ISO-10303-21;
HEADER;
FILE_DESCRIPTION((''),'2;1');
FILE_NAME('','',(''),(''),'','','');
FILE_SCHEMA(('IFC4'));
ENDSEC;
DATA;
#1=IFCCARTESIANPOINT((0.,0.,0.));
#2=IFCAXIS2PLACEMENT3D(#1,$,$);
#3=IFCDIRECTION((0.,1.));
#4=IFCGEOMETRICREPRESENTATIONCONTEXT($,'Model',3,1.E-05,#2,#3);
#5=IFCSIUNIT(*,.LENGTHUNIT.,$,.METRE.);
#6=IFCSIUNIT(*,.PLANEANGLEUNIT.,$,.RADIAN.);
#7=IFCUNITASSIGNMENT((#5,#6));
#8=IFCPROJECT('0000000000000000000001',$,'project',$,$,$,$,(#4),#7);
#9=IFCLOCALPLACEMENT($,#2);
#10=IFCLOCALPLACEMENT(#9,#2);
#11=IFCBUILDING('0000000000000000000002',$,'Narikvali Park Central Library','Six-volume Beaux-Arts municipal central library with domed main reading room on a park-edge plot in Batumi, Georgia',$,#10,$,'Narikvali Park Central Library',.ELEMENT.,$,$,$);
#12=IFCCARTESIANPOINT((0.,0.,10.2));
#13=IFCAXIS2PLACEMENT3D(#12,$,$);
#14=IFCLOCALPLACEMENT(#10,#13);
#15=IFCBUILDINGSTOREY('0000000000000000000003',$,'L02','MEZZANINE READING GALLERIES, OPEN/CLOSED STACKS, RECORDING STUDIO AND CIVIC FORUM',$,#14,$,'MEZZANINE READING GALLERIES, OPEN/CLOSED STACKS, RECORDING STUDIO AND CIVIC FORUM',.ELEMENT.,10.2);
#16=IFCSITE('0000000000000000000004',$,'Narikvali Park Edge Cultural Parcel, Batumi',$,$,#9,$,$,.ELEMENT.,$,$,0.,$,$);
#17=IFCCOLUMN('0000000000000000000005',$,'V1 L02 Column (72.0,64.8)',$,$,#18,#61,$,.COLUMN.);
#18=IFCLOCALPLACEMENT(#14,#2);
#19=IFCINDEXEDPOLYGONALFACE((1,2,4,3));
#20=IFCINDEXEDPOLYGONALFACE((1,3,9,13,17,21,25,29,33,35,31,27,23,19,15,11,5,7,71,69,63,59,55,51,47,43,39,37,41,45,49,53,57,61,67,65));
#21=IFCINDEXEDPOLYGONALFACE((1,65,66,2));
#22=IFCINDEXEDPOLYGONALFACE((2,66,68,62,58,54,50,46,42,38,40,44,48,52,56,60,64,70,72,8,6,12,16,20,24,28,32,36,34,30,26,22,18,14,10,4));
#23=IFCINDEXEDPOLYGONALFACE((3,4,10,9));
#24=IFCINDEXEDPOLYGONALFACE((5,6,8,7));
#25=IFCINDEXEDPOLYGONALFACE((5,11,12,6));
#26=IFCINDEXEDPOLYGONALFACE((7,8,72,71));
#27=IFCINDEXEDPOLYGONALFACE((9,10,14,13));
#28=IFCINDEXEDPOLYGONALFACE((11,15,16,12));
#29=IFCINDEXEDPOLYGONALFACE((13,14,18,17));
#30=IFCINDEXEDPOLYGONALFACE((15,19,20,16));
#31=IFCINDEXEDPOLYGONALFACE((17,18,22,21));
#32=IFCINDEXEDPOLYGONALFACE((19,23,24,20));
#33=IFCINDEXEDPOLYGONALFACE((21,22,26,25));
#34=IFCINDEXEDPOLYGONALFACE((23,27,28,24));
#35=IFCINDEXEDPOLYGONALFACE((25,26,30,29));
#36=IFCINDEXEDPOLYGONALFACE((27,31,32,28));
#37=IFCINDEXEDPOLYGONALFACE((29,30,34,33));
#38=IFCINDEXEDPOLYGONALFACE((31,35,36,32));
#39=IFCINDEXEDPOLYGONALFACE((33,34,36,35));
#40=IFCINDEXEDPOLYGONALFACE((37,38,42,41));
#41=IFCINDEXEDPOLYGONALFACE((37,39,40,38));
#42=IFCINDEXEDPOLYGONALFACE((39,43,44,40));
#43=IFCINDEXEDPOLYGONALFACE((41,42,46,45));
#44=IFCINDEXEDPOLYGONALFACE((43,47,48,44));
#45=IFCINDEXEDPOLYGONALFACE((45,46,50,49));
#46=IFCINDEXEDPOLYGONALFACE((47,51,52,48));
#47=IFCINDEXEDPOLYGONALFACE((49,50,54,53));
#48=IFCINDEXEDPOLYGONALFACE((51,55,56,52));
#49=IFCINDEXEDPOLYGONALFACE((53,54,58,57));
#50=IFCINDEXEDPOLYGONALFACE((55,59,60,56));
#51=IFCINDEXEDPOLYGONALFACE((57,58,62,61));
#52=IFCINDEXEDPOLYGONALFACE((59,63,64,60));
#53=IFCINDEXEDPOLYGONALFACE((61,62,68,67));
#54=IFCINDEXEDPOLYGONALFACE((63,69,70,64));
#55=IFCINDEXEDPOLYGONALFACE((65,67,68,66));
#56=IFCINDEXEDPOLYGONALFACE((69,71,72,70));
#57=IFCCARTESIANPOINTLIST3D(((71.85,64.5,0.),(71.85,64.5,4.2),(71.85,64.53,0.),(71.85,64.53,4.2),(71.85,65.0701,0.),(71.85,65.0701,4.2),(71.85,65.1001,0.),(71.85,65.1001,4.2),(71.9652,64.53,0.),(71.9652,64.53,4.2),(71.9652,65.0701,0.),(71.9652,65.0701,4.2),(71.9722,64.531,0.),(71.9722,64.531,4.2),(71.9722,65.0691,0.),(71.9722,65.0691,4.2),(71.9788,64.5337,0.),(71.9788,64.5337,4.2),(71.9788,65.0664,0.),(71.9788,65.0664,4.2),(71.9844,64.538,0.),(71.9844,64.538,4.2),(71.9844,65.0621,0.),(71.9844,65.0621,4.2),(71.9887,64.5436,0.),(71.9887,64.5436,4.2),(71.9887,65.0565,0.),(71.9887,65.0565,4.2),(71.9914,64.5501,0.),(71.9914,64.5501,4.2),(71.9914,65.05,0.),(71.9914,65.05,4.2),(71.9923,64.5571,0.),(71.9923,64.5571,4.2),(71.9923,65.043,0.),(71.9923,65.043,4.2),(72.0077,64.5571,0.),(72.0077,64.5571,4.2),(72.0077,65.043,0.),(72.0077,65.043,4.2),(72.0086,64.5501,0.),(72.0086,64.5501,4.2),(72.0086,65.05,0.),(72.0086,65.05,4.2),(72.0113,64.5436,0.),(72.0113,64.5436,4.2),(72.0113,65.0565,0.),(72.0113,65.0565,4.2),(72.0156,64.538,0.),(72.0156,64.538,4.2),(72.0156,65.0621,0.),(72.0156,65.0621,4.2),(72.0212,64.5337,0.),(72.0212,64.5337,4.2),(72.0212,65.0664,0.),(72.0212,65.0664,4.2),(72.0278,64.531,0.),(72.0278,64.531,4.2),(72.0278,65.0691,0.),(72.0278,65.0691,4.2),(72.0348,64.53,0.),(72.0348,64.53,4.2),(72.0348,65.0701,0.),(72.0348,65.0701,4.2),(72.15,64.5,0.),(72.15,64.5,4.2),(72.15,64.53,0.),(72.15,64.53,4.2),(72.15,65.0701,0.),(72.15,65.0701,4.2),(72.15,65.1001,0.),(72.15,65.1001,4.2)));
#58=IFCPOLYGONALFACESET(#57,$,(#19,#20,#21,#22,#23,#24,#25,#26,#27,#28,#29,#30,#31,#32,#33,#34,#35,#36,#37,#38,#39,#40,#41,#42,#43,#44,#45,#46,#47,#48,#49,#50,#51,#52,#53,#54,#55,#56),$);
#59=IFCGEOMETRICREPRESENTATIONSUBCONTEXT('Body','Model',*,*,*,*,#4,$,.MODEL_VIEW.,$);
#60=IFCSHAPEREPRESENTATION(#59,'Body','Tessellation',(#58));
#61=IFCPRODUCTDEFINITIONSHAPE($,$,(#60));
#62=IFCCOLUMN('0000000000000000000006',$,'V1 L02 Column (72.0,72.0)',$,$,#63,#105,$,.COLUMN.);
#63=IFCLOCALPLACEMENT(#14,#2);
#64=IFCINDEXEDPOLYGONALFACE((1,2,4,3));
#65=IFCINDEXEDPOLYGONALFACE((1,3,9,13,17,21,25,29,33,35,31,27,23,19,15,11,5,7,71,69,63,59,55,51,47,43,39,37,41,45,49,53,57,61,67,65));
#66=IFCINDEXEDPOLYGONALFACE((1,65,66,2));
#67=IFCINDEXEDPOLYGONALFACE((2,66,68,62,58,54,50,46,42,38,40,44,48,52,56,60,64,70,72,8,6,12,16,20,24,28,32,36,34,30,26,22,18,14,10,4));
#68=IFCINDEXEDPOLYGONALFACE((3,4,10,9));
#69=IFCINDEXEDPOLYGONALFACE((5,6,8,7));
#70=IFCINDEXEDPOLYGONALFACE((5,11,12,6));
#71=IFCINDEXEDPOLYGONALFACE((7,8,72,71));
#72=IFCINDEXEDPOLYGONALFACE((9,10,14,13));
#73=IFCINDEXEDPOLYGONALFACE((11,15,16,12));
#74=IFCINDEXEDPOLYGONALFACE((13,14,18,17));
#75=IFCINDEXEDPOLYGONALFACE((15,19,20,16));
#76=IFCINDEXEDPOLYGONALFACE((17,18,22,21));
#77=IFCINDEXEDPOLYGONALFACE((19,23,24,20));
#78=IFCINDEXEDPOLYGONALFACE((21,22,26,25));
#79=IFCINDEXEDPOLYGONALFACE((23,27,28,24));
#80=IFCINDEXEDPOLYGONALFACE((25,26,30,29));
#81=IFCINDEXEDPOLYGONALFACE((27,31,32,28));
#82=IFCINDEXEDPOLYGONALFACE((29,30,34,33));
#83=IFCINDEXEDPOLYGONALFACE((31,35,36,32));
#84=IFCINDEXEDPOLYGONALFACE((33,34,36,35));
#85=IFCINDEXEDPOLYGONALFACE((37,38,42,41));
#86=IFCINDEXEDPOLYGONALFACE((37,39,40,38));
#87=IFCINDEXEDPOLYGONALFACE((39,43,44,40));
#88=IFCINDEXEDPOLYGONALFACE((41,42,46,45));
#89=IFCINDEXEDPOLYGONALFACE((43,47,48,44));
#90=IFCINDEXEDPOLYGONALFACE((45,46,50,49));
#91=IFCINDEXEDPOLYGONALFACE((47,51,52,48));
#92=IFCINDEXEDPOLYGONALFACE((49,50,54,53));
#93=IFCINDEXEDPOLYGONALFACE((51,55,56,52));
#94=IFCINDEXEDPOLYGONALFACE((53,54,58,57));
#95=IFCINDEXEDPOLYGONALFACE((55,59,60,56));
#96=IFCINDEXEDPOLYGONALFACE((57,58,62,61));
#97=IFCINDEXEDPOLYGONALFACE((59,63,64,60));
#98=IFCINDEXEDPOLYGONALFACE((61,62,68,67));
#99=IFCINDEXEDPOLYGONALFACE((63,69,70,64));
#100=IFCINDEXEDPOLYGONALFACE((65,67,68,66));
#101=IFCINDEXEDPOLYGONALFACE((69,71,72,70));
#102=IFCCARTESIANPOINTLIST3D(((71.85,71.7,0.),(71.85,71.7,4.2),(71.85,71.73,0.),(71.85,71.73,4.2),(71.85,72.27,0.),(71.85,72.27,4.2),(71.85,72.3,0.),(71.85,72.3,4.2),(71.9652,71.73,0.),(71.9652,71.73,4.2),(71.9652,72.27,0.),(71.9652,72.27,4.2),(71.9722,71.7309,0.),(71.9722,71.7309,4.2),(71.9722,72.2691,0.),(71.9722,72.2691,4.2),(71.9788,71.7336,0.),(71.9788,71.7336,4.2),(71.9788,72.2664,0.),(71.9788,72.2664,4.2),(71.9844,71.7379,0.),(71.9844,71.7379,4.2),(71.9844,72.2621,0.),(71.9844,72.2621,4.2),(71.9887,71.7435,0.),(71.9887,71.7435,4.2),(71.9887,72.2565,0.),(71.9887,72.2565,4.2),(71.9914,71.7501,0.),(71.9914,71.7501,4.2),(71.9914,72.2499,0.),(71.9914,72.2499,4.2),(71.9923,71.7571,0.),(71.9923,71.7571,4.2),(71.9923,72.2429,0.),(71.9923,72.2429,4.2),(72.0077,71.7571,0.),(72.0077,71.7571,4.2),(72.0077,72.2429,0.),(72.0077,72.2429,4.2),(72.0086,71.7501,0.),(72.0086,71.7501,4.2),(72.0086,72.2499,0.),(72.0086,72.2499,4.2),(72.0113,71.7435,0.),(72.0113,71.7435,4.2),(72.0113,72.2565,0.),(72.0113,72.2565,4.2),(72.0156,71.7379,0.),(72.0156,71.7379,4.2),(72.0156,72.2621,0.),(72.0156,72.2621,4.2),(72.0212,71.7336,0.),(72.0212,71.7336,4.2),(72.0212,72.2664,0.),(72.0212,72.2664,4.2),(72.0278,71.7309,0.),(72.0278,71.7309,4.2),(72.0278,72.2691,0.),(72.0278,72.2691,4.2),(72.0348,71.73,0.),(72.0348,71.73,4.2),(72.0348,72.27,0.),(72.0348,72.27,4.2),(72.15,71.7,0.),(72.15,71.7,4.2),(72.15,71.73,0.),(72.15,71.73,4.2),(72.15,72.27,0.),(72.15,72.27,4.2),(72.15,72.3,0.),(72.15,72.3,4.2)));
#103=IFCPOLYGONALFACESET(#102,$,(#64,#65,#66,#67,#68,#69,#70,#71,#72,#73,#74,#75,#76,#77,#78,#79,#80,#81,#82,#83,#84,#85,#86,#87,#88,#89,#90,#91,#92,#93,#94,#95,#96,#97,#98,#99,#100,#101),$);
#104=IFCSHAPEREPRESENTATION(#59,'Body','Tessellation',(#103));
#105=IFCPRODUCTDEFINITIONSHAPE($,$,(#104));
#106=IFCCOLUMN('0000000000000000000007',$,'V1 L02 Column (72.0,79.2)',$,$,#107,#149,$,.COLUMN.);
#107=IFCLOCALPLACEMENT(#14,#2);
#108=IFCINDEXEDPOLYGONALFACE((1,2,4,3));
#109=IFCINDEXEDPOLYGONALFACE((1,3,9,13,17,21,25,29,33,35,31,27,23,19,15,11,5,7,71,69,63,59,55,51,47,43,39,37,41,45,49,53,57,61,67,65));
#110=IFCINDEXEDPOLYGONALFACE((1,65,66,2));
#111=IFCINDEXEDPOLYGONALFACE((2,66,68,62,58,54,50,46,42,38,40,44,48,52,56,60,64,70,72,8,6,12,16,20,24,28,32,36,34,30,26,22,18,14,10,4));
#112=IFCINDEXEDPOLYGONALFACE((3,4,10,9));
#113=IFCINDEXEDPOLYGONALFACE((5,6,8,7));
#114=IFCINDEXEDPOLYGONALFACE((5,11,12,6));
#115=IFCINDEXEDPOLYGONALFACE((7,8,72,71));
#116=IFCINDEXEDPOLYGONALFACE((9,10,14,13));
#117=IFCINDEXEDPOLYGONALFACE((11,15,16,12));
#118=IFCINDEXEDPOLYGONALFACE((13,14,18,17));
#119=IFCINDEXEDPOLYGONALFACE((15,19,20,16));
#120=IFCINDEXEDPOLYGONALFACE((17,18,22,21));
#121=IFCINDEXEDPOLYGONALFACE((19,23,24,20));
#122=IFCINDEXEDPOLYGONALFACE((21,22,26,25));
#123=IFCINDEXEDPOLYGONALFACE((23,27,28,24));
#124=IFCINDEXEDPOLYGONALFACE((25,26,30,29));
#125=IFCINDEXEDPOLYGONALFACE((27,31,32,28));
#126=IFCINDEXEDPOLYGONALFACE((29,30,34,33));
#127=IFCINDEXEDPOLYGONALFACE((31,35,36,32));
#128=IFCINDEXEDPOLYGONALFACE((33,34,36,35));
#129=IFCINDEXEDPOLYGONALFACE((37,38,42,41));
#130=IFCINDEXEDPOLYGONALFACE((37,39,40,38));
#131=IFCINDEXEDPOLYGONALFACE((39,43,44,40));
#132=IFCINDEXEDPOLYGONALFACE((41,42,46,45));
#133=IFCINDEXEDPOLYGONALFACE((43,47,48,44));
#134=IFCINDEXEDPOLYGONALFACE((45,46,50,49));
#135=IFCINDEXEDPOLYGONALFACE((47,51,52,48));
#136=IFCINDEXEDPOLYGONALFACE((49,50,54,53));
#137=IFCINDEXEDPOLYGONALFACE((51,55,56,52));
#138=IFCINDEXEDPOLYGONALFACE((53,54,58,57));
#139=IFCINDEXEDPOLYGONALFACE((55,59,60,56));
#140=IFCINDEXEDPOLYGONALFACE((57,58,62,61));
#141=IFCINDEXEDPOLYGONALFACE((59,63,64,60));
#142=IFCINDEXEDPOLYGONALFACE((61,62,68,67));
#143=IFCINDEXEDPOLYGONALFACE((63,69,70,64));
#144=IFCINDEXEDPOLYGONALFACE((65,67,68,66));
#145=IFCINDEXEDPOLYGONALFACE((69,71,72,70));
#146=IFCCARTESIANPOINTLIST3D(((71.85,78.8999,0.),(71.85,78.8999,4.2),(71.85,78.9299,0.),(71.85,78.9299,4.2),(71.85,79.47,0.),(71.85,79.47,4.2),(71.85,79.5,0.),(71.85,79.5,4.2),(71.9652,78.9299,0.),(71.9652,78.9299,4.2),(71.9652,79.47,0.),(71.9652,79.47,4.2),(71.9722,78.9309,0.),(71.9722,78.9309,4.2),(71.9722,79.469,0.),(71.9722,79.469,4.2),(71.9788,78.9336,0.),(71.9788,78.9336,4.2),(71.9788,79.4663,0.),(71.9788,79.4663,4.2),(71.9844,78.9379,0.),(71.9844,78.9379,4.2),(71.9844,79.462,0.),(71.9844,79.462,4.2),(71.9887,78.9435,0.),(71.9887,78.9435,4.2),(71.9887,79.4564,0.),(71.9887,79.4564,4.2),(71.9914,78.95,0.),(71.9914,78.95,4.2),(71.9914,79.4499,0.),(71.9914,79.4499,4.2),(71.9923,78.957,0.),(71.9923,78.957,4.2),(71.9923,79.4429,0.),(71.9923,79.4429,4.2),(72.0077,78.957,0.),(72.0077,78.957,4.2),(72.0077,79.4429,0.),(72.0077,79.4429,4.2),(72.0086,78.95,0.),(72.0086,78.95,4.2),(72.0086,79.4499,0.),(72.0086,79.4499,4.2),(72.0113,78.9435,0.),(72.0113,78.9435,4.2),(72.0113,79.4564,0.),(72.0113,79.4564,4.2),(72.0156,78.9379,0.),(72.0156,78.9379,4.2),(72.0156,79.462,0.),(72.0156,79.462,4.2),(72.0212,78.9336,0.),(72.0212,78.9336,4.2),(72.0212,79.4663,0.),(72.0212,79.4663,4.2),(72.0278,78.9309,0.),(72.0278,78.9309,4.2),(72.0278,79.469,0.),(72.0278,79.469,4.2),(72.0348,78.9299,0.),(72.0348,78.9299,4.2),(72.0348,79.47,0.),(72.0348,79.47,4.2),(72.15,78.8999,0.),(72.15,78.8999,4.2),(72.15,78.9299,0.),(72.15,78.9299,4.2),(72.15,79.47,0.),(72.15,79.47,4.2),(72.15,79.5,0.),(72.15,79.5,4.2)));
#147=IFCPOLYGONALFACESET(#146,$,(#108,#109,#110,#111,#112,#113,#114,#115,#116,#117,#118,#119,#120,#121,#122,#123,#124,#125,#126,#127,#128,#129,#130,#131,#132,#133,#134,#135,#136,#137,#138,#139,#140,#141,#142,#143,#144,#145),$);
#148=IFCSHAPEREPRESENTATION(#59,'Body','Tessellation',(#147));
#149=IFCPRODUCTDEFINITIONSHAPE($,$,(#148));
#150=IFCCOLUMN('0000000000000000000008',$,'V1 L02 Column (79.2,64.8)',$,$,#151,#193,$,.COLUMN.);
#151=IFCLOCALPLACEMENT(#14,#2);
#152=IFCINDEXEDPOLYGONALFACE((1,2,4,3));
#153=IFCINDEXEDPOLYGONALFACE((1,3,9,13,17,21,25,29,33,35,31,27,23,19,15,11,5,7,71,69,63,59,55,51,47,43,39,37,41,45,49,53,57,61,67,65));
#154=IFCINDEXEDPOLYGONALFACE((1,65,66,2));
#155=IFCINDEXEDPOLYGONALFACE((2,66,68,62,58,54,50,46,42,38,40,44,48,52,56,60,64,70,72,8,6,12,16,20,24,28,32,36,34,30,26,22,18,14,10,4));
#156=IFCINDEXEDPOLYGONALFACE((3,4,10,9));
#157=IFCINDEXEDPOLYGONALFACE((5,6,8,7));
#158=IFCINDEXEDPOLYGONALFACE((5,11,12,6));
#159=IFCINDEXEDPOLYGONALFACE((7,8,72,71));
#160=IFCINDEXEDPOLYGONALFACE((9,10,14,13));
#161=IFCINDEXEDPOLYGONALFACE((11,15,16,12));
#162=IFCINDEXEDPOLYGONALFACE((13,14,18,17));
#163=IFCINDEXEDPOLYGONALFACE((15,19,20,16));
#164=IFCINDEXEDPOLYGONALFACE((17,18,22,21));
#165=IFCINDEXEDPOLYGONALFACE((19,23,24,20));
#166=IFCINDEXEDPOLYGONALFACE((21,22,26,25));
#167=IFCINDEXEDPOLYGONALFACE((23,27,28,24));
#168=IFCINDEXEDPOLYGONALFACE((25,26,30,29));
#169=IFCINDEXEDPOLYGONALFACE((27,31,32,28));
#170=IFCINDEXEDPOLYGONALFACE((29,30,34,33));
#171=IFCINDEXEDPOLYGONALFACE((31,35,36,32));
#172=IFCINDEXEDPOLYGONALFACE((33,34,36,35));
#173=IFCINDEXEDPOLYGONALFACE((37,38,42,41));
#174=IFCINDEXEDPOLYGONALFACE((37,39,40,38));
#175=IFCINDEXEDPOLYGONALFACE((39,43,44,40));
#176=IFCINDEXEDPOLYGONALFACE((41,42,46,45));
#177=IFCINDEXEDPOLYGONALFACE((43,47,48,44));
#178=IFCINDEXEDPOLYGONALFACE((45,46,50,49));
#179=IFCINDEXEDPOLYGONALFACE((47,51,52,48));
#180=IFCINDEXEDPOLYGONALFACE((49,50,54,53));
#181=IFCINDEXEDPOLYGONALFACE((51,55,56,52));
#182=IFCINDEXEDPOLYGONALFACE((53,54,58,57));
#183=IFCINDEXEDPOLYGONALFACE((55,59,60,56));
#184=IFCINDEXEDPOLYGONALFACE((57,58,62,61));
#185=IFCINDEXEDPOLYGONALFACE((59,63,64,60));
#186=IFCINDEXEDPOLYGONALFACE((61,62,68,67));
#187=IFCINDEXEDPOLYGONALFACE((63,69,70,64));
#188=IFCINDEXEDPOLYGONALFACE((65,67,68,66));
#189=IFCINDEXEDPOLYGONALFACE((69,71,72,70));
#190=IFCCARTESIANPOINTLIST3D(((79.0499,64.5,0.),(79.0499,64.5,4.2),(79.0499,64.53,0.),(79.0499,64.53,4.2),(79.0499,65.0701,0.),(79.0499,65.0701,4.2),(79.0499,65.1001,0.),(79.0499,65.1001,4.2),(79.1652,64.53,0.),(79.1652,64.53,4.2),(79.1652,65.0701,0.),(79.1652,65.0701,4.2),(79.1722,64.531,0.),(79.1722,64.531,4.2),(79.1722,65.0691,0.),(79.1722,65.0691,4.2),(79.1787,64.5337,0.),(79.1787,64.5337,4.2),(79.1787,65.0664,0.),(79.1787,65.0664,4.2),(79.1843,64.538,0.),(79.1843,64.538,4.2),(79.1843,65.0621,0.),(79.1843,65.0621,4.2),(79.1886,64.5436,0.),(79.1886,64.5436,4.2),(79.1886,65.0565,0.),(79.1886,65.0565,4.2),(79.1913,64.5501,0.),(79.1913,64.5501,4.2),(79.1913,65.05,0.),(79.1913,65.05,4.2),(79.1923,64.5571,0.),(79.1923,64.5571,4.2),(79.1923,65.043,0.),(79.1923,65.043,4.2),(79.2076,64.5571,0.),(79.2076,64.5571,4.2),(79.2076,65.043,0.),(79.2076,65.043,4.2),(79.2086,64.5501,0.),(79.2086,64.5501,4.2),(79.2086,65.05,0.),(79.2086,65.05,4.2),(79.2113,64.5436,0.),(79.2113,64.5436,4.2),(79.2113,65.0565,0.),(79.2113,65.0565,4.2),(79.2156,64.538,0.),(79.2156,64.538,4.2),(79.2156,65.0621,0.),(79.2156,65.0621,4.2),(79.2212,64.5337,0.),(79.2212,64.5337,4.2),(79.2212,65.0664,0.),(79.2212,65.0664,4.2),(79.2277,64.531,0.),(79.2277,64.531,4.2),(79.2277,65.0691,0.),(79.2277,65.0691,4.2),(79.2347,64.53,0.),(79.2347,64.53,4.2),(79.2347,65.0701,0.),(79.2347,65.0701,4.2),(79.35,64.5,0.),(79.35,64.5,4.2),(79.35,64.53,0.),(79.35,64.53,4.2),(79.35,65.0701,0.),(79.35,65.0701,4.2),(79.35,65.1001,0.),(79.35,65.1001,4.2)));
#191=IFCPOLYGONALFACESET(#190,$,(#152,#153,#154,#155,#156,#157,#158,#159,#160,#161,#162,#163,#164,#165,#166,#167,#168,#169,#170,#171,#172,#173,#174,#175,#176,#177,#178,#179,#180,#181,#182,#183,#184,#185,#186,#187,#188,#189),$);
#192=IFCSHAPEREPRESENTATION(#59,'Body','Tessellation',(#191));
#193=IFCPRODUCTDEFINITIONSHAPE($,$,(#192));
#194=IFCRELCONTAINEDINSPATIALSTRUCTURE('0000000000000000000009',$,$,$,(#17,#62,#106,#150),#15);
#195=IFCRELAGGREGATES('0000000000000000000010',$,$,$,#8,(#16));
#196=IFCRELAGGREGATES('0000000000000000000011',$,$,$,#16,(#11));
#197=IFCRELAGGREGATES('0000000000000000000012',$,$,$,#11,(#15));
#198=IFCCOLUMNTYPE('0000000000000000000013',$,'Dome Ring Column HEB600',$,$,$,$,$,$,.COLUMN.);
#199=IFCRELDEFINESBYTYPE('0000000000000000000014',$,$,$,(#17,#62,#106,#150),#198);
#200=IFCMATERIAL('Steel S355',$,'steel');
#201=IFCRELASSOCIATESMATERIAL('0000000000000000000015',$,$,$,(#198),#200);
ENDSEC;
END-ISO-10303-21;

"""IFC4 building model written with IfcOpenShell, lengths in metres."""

from ifc_helpers import new_model, si_unit, direction, frame, origin, origin_2d, place, context, subcontext, project, spatial, i_section, extrude, material, material_profile, profile_set, type_object, element, save


model = new_model("IFC4")

# Units and contexts
model_context = context("Model", 3, precision=1e-05, world=origin(), true_north=direction((0.0, 1.0)))
body_context = subcontext(model_context, "Body", "Model", "MODEL_VIEW")
ifc_project = project(units=[si_unit("LENGTHUNIT", "METRE"), si_unit("PLANEANGLEUNIT", "RADIAN")], contexts=[model_context])

# Site, building, storey
site_placement = place(None, origin())
site = spatial("IfcSite", under=ifc_project, at=site_placement, Name="Narikvali Park Edge Cultural Parcel, Batumi", CompositionType="ELEMENT", RefElevation=0.0)
building_placement = place(site_placement, origin())
building = spatial("IfcBuilding", under=site, at=building_placement, Name="Narikvali Park Central Library", Description="Six-volume Beaux-Arts municipal central library with domed main reading room on a park-edge plot in Batumi, Georgia", LongName="Narikvali Park Central Library", CompositionType="ELEMENT")
storey_placement = place(building_placement, frame((0.0, 0.0, 10.2)))
storey = spatial("IfcBuildingStorey", under=building, at=storey_placement, Name="L02", Description="MEZZANINE READING GALLERIES, OPEN/CLOSED STACKS, RECORDING STUDIO AND CIVIC FORUM", LongName="MEZZANINE READING GALLERIES, OPEN/CLOSED STACKS, RECORDING STUDIO AND CIVIC FORUM", CompositionType="ELEMENT", Elevation=10.2)

# Columns
ifc_material_1 = material(Name="Steel S355", Category="steel")
ifc_material_profile_1 = material_profile(ifc_material_1, i_section(OverallWidth=0.3, OverallDepth=0.6001, WebThickness=0.0154, FlangeThickness=0.03, FilletRadius=0.0271, at=origin_2d()), Name="HEB 600")
ifc_profile_set_1 = profile_set([ifc_material_profile_1], Name="Steel S355")
column_type = type_object("IfcColumnType", Name="Dome Ring Column HEB600", PredefinedType="COLUMN", material=ifc_profile_set_1)
for number, where, z_axis, x_axis, name in (
    (1, (72.0, 64.8, 0.0), (0.0, 0.0, 1.0), (1.0, 0.0, 0.0), "V1 L02 Column (72.0,64.8)"),
    (2, (72.0, 72.0, 0.0), (0.0, 0.0, 1.0), (1.0, 0.0, 0.0), "V1 L02 Column (72.0,72.0)"),
    (3, (72.0, 79.2, 0.0), (0.0, 0.0, 1.0), (1.0, 0.0, 0.0), "V1 L02 Column (72.0,79.2)"),
    (4, (79.2, 64.8, 0.0), (0.0, 0.0, 1.0), (1.0, 0.0, 0.0), "V1 L02 Column (79.2,64.8)"),
):
    element("IfcColumn", number, at=place(storey_placement, frame(where, z_axis=z_axis, x_axis=x_axis)), inside=storey, type_object=column_type, Name=name, PredefinedType="COLUMN", context=body_context, shape_type="SweptSolid", body=[
        extrude(i_section(OverallWidth=0.3, OverallDepth=0.6001, WebThickness=0.0154, FlangeThickness=0.03, FilletRadius=0.0271, at=origin_2d()), origin(), (0.0, 0.0, 1.0), 4.2),
    ])

save(model, "model.ifc")
